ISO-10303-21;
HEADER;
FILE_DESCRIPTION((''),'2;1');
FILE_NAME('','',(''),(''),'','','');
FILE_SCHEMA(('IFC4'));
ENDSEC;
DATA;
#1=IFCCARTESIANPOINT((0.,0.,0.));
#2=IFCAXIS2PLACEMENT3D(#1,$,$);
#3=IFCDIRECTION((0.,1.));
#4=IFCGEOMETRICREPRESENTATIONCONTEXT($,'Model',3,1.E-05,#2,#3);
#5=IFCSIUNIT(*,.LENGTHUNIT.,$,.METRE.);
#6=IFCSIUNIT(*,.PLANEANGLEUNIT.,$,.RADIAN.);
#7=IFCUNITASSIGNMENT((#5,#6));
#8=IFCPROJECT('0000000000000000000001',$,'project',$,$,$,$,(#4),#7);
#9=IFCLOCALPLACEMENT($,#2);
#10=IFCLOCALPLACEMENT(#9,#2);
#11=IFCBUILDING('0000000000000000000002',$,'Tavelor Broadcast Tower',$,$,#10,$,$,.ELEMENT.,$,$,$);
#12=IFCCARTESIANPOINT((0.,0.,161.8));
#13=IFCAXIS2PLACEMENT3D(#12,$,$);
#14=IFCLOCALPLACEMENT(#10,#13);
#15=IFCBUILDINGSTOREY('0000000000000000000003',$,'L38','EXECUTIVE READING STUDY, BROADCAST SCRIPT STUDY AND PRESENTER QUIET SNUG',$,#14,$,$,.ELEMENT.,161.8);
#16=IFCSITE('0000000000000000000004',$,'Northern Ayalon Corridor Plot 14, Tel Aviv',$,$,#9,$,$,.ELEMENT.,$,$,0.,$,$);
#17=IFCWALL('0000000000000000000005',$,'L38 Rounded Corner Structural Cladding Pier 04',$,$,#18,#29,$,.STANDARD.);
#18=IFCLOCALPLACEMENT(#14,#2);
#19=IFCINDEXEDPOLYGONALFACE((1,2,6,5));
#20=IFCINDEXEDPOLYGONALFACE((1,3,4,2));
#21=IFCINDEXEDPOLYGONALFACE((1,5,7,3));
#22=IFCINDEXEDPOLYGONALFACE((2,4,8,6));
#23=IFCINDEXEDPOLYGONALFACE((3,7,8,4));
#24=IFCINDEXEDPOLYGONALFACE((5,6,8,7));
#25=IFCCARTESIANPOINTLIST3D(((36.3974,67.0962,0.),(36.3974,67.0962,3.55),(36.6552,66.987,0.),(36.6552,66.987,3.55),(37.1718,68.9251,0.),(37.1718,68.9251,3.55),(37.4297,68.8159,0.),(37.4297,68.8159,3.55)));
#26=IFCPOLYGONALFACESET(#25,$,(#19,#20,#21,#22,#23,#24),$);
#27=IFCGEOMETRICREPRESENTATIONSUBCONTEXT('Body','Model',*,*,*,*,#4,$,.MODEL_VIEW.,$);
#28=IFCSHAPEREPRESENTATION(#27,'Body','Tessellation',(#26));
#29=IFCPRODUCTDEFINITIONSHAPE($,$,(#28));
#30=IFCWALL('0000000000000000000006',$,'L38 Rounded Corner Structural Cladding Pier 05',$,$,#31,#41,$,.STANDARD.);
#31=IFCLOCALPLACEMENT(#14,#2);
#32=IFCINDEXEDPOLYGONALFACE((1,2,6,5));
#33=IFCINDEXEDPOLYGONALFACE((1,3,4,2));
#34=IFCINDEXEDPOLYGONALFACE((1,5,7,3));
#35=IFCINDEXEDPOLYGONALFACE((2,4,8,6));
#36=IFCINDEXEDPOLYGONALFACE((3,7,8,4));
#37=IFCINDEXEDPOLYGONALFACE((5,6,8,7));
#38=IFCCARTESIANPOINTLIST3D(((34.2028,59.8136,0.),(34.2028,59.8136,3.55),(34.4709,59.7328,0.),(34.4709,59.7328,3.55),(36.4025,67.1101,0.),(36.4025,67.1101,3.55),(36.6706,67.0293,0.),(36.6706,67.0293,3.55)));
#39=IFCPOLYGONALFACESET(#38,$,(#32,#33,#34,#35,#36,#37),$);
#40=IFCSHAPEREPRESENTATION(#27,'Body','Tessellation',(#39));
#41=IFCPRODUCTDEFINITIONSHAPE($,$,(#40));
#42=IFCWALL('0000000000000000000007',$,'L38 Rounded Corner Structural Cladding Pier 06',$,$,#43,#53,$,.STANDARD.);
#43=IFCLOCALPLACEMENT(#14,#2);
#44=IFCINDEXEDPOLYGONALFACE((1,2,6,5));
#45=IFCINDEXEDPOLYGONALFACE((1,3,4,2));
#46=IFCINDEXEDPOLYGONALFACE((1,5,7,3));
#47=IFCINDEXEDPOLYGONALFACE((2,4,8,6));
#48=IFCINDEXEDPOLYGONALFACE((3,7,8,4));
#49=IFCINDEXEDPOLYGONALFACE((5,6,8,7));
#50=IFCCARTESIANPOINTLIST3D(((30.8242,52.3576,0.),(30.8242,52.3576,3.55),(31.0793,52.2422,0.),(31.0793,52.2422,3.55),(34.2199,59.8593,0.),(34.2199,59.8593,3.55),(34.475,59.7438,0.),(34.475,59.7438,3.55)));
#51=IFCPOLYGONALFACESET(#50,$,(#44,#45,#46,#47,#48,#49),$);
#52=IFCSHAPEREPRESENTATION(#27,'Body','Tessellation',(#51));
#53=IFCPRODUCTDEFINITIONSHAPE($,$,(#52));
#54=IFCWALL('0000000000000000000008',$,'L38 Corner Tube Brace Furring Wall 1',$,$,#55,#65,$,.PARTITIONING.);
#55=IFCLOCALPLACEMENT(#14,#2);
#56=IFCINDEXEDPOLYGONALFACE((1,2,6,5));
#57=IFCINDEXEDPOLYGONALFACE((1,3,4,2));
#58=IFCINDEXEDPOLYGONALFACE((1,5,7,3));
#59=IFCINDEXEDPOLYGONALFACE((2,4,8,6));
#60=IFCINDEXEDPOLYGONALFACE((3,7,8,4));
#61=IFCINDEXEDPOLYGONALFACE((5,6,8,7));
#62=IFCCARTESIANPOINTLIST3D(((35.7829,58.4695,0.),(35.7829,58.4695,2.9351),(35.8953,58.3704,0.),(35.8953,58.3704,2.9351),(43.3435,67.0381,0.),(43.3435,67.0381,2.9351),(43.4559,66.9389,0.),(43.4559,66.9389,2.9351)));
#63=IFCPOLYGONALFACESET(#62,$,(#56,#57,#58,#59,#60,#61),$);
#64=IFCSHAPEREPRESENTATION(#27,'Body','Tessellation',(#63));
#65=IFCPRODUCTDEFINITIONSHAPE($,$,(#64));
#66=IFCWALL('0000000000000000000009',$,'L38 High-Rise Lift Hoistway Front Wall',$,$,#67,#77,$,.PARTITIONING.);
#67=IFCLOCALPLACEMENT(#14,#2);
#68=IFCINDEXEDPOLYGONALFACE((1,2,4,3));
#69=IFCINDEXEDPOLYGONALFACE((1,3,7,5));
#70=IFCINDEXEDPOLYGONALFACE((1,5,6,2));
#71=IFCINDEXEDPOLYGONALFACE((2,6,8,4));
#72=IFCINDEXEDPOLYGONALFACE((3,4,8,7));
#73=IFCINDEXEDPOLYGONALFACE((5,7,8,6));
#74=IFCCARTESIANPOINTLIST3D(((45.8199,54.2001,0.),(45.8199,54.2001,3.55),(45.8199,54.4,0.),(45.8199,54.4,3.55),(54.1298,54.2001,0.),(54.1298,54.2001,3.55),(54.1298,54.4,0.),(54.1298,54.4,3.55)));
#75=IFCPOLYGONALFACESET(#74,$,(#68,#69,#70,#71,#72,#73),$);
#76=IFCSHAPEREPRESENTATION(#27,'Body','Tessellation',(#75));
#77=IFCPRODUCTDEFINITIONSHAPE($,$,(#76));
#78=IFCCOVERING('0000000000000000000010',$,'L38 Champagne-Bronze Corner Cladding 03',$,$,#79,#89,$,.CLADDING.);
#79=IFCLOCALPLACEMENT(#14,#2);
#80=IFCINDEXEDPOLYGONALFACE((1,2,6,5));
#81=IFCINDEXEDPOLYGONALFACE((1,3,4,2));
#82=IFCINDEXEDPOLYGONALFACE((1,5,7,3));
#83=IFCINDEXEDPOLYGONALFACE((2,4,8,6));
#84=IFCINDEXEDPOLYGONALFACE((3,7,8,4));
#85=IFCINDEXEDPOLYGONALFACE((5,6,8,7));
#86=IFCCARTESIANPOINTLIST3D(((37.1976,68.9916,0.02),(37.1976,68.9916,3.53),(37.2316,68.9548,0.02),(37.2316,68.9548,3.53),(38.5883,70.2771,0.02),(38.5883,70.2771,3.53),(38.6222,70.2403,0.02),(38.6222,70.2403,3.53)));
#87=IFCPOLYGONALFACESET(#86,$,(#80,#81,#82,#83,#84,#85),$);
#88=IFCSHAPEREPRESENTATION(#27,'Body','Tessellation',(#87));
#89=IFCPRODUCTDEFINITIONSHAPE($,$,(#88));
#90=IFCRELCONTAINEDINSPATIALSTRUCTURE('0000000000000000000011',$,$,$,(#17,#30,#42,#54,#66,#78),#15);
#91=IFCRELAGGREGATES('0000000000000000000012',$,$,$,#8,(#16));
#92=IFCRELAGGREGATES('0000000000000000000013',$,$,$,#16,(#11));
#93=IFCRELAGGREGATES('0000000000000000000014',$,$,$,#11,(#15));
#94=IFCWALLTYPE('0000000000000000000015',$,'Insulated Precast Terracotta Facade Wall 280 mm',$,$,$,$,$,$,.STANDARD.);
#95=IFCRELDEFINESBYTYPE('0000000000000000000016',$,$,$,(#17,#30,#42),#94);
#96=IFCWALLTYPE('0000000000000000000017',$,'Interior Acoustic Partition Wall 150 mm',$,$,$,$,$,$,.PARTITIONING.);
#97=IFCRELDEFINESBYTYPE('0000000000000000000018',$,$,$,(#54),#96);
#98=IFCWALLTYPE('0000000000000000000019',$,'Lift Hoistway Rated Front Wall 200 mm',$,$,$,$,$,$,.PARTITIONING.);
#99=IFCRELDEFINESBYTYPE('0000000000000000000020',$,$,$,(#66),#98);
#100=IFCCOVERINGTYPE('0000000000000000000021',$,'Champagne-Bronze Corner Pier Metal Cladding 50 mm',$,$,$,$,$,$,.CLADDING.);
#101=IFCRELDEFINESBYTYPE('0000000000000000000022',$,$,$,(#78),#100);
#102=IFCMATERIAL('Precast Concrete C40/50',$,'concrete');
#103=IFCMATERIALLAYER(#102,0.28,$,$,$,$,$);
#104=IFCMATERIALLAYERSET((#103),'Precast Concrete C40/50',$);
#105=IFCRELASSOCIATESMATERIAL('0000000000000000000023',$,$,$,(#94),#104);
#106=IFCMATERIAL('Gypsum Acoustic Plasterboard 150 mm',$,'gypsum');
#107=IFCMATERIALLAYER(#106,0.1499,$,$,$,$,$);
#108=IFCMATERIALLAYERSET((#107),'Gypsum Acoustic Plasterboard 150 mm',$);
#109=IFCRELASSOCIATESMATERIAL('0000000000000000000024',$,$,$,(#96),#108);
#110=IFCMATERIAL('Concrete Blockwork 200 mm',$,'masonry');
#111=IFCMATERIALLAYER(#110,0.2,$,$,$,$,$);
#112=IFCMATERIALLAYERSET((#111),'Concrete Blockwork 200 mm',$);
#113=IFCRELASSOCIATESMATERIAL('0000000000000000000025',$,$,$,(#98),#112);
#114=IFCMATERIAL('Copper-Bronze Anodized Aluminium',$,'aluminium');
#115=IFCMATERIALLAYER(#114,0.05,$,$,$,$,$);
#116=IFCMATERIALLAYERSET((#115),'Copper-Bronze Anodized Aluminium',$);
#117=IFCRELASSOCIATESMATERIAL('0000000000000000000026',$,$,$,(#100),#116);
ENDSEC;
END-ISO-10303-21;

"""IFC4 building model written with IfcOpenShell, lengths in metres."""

from ifc_helpers import new_model, si_unit, direction, frame, frame_2d, origin, origin_2d, place, context, subcontext, project, spatial, rectangle, extrude, material, layer, layer_set, type_object, element, save


model = new_model("IFC4")

# Units and contexts
model_context = context("Model", 3, precision=1e-05, world=origin(), true_north=direction((0.0, 1.0)))
body_context = subcontext(model_context, "Body", "Model", "MODEL_VIEW")
ifc_project = project(units=[si_unit("LENGTHUNIT", "METRE"), si_unit("PLANEANGLEUNIT", "RADIAN")], contexts=[model_context])

# Site, building, storey
site_placement = place(None, origin())
site = spatial("IfcSite", under=ifc_project, at=site_placement, Name="Northern Ayalon Corridor Plot 14, Tel Aviv", CompositionType="ELEMENT", RefElevation=0.0)
building_placement = place(site_placement, origin())
building = spatial("IfcBuilding", under=site, at=building_placement, Name="Tavelor Broadcast Tower", CompositionType="ELEMENT")
storey_placement = place(building_placement, frame((0.0, 0.0, 161.8)))
storey = spatial("IfcBuildingStorey", under=building, at=storey_placement, Name="L38", Description="EXECUTIVE READING STUDY, BROADCAST SCRIPT STUDY AND PRESENTER QUIET SNUG", CompositionType="ELEMENT", Elevation=161.8)

# Walls
ifc_material_1 = material(Name="Precast Concrete C40/50", Category="concrete")
ifc_layer_1 = layer(ifc_material_1, 0.28)
ifc_layer_set_1 = layer_set([ifc_layer_1], Name="Precast Concrete C40/50")
wall_type_1 = type_object("IfcWallType", Name="Insulated Precast Terracotta Facade Wall 280 mm", PredefinedType="STANDARD", material=ifc_layer_set_1)
wall_1_placement = place(storey_placement, frame((37.3008, 68.8706, 0.0), z_axis=(0.0, 0.0, 1.0), x_axis=(-0.389925, -0.920847, 0.0)))
element("IfcWall", 1, at=wall_1_placement, inside=storey, type_object=wall_type_1, Name="L38 Rounded Corner Structural Cladding Pier 04", PredefinedType="STANDARD", context=body_context, shape_type="SweptSolid", body=[
    extrude(rectangle(XDim=1.9861, YDim=0.28, at=frame_2d((0.9932, 0.0))), origin(), (0.0, 0.0, 1.0), 3.55),
])
wall_2_placement = place(storey_placement, frame((36.5366, 67.0698, 0.0), z_axis=(0.0, 0.0, 1.0), x_axis=(-0.288647, -0.957436, 0.0)))
element("IfcWall", 2, at=wall_2_placement, inside=storey, type_object=wall_type_1, Name="L38 Rounded Corner Structural Cladding Pier 05", PredefinedType="STANDARD", context=body_context, shape_type="SweptSolid", body=[
    extrude(rectangle(XDim=7.6208, YDim=0.28, at=frame_2d((3.8105, 0.0))), origin(), (0.0, 0.0, 1.0), 3.55),
])
wall_3_placement = place(storey_placement, frame((34.3474, 59.8015, 0.0), z_axis=(0.0, 0.0, 1.0), x_axis=(-0.412382, -0.911011, 0.0)))
element("IfcWall", 3, at=wall_3_placement, inside=storey, type_object=wall_type_1, Name="L38 Rounded Corner Structural Cladding Pier 06", PredefinedType="STANDARD", context=body_context, shape_type="SweptSolid", body=[
    extrude(rectangle(XDim=8.2344, YDim=0.28, at=frame_2d((4.1172, 0.0))), origin(), (0.0, 0.0, 1.0), 3.55),
])
ifc_material_2 = material(Name="Gypsum Acoustic Plasterboard 150 mm", Category="gypsum")
ifc_layer_2 = layer(ifc_material_2, 0.1499)
ifc_layer_set_2 = layer_set([ifc_layer_2], Name="Gypsum Acoustic Plasterboard 150 mm")
wall_type_2 = type_object("IfcWallType", Name="Interior Acoustic Partition Wall 150 mm", PredefinedType="PARTITIONING", material=ifc_layer_set_2)
wall_4_placement = place(storey_placement, frame((43.3997, 66.9885, 0.0), z_axis=(0.0, 0.0, 1.0), x_axis=(-0.661622, -0.749837, 0.0)))
element("IfcWall", 4, at=wall_4_placement, inside=storey, type_object=wall_type_2, Name="L38 Corner Tube Brace Furring Wall 1", PredefinedType="PARTITIONING", context=body_context, shape_type="SweptSolid", body=[
    extrude(rectangle(XDim=11.4272, YDim=0.1499, at=frame_2d((5.7136, 0.0))), origin(), (0.0, 0.0, 1.0), 2.9351),
])
ifc_material_3 = material(Name="Concrete Blockwork 200 mm", Category="masonry")
ifc_layer_3 = layer(ifc_material_3, 0.2)
ifc_layer_set_3 = layer_set([ifc_layer_3], Name="Concrete Blockwork 200 mm")
wall_type_3 = type_object("IfcWallType", Name="Lift Hoistway Rated Front Wall 200 mm", PredefinedType="PARTITIONING", material=ifc_layer_set_3)
wall_5_placement = place(storey_placement, frame((45.8201, 54.3, 0.0), z_axis=(0.0, 0.0, 1.0), x_axis=(1.0, 0.0, 0.0)))
element("IfcWall", 5, at=wall_5_placement, inside=storey, type_object=wall_type_3, Name="L38 High-Rise Lift Hoistway Front Wall", PredefinedType="PARTITIONING", context=body_context, shape_type="SweptSolid", body=[
    extrude(rectangle(XDim=8.3098, YDim=0.2, at=frame_2d((4.1548, 0.0))), origin(), (0.0, 0.0, 1.0), 3.55),
])

# Covering
ifc_material_4 = material(Name="Copper-Bronze Anodized Aluminium", Category="aluminium")
ifc_layer_4 = layer(ifc_material_4, 0.05)
ifc_layer_set_4 = layer_set([ifc_layer_4], Name="Copper-Bronze Anodized Aluminium")
covering_type = type_object("IfcCoveringType", Name="Champagne-Bronze Corner Pier Metal Cladding 50 mm", PredefinedType="CLADDING", material=ifc_layer_set_4)
covering_placement = place(storey_placement, frame((37.9099, 69.616, 0.02), z_axis=(0.0, 0.0, 1.0), x_axis=(-0.734323, -0.678801, 0.0)))
element("IfcCovering", 6, at=covering_placement, inside=storey, type_object=covering_type, Name="L38 Champagne-Bronze Corner Cladding 03", PredefinedType="CLADDING", context=body_context, shape_type="SweptSolid", body=[
    extrude(rectangle(XDim=1.8938, YDim=0.05, at=origin_2d()), origin(), (0.0, 0.0, 1.0), 3.51),
])

save(model, "model.ifc")
